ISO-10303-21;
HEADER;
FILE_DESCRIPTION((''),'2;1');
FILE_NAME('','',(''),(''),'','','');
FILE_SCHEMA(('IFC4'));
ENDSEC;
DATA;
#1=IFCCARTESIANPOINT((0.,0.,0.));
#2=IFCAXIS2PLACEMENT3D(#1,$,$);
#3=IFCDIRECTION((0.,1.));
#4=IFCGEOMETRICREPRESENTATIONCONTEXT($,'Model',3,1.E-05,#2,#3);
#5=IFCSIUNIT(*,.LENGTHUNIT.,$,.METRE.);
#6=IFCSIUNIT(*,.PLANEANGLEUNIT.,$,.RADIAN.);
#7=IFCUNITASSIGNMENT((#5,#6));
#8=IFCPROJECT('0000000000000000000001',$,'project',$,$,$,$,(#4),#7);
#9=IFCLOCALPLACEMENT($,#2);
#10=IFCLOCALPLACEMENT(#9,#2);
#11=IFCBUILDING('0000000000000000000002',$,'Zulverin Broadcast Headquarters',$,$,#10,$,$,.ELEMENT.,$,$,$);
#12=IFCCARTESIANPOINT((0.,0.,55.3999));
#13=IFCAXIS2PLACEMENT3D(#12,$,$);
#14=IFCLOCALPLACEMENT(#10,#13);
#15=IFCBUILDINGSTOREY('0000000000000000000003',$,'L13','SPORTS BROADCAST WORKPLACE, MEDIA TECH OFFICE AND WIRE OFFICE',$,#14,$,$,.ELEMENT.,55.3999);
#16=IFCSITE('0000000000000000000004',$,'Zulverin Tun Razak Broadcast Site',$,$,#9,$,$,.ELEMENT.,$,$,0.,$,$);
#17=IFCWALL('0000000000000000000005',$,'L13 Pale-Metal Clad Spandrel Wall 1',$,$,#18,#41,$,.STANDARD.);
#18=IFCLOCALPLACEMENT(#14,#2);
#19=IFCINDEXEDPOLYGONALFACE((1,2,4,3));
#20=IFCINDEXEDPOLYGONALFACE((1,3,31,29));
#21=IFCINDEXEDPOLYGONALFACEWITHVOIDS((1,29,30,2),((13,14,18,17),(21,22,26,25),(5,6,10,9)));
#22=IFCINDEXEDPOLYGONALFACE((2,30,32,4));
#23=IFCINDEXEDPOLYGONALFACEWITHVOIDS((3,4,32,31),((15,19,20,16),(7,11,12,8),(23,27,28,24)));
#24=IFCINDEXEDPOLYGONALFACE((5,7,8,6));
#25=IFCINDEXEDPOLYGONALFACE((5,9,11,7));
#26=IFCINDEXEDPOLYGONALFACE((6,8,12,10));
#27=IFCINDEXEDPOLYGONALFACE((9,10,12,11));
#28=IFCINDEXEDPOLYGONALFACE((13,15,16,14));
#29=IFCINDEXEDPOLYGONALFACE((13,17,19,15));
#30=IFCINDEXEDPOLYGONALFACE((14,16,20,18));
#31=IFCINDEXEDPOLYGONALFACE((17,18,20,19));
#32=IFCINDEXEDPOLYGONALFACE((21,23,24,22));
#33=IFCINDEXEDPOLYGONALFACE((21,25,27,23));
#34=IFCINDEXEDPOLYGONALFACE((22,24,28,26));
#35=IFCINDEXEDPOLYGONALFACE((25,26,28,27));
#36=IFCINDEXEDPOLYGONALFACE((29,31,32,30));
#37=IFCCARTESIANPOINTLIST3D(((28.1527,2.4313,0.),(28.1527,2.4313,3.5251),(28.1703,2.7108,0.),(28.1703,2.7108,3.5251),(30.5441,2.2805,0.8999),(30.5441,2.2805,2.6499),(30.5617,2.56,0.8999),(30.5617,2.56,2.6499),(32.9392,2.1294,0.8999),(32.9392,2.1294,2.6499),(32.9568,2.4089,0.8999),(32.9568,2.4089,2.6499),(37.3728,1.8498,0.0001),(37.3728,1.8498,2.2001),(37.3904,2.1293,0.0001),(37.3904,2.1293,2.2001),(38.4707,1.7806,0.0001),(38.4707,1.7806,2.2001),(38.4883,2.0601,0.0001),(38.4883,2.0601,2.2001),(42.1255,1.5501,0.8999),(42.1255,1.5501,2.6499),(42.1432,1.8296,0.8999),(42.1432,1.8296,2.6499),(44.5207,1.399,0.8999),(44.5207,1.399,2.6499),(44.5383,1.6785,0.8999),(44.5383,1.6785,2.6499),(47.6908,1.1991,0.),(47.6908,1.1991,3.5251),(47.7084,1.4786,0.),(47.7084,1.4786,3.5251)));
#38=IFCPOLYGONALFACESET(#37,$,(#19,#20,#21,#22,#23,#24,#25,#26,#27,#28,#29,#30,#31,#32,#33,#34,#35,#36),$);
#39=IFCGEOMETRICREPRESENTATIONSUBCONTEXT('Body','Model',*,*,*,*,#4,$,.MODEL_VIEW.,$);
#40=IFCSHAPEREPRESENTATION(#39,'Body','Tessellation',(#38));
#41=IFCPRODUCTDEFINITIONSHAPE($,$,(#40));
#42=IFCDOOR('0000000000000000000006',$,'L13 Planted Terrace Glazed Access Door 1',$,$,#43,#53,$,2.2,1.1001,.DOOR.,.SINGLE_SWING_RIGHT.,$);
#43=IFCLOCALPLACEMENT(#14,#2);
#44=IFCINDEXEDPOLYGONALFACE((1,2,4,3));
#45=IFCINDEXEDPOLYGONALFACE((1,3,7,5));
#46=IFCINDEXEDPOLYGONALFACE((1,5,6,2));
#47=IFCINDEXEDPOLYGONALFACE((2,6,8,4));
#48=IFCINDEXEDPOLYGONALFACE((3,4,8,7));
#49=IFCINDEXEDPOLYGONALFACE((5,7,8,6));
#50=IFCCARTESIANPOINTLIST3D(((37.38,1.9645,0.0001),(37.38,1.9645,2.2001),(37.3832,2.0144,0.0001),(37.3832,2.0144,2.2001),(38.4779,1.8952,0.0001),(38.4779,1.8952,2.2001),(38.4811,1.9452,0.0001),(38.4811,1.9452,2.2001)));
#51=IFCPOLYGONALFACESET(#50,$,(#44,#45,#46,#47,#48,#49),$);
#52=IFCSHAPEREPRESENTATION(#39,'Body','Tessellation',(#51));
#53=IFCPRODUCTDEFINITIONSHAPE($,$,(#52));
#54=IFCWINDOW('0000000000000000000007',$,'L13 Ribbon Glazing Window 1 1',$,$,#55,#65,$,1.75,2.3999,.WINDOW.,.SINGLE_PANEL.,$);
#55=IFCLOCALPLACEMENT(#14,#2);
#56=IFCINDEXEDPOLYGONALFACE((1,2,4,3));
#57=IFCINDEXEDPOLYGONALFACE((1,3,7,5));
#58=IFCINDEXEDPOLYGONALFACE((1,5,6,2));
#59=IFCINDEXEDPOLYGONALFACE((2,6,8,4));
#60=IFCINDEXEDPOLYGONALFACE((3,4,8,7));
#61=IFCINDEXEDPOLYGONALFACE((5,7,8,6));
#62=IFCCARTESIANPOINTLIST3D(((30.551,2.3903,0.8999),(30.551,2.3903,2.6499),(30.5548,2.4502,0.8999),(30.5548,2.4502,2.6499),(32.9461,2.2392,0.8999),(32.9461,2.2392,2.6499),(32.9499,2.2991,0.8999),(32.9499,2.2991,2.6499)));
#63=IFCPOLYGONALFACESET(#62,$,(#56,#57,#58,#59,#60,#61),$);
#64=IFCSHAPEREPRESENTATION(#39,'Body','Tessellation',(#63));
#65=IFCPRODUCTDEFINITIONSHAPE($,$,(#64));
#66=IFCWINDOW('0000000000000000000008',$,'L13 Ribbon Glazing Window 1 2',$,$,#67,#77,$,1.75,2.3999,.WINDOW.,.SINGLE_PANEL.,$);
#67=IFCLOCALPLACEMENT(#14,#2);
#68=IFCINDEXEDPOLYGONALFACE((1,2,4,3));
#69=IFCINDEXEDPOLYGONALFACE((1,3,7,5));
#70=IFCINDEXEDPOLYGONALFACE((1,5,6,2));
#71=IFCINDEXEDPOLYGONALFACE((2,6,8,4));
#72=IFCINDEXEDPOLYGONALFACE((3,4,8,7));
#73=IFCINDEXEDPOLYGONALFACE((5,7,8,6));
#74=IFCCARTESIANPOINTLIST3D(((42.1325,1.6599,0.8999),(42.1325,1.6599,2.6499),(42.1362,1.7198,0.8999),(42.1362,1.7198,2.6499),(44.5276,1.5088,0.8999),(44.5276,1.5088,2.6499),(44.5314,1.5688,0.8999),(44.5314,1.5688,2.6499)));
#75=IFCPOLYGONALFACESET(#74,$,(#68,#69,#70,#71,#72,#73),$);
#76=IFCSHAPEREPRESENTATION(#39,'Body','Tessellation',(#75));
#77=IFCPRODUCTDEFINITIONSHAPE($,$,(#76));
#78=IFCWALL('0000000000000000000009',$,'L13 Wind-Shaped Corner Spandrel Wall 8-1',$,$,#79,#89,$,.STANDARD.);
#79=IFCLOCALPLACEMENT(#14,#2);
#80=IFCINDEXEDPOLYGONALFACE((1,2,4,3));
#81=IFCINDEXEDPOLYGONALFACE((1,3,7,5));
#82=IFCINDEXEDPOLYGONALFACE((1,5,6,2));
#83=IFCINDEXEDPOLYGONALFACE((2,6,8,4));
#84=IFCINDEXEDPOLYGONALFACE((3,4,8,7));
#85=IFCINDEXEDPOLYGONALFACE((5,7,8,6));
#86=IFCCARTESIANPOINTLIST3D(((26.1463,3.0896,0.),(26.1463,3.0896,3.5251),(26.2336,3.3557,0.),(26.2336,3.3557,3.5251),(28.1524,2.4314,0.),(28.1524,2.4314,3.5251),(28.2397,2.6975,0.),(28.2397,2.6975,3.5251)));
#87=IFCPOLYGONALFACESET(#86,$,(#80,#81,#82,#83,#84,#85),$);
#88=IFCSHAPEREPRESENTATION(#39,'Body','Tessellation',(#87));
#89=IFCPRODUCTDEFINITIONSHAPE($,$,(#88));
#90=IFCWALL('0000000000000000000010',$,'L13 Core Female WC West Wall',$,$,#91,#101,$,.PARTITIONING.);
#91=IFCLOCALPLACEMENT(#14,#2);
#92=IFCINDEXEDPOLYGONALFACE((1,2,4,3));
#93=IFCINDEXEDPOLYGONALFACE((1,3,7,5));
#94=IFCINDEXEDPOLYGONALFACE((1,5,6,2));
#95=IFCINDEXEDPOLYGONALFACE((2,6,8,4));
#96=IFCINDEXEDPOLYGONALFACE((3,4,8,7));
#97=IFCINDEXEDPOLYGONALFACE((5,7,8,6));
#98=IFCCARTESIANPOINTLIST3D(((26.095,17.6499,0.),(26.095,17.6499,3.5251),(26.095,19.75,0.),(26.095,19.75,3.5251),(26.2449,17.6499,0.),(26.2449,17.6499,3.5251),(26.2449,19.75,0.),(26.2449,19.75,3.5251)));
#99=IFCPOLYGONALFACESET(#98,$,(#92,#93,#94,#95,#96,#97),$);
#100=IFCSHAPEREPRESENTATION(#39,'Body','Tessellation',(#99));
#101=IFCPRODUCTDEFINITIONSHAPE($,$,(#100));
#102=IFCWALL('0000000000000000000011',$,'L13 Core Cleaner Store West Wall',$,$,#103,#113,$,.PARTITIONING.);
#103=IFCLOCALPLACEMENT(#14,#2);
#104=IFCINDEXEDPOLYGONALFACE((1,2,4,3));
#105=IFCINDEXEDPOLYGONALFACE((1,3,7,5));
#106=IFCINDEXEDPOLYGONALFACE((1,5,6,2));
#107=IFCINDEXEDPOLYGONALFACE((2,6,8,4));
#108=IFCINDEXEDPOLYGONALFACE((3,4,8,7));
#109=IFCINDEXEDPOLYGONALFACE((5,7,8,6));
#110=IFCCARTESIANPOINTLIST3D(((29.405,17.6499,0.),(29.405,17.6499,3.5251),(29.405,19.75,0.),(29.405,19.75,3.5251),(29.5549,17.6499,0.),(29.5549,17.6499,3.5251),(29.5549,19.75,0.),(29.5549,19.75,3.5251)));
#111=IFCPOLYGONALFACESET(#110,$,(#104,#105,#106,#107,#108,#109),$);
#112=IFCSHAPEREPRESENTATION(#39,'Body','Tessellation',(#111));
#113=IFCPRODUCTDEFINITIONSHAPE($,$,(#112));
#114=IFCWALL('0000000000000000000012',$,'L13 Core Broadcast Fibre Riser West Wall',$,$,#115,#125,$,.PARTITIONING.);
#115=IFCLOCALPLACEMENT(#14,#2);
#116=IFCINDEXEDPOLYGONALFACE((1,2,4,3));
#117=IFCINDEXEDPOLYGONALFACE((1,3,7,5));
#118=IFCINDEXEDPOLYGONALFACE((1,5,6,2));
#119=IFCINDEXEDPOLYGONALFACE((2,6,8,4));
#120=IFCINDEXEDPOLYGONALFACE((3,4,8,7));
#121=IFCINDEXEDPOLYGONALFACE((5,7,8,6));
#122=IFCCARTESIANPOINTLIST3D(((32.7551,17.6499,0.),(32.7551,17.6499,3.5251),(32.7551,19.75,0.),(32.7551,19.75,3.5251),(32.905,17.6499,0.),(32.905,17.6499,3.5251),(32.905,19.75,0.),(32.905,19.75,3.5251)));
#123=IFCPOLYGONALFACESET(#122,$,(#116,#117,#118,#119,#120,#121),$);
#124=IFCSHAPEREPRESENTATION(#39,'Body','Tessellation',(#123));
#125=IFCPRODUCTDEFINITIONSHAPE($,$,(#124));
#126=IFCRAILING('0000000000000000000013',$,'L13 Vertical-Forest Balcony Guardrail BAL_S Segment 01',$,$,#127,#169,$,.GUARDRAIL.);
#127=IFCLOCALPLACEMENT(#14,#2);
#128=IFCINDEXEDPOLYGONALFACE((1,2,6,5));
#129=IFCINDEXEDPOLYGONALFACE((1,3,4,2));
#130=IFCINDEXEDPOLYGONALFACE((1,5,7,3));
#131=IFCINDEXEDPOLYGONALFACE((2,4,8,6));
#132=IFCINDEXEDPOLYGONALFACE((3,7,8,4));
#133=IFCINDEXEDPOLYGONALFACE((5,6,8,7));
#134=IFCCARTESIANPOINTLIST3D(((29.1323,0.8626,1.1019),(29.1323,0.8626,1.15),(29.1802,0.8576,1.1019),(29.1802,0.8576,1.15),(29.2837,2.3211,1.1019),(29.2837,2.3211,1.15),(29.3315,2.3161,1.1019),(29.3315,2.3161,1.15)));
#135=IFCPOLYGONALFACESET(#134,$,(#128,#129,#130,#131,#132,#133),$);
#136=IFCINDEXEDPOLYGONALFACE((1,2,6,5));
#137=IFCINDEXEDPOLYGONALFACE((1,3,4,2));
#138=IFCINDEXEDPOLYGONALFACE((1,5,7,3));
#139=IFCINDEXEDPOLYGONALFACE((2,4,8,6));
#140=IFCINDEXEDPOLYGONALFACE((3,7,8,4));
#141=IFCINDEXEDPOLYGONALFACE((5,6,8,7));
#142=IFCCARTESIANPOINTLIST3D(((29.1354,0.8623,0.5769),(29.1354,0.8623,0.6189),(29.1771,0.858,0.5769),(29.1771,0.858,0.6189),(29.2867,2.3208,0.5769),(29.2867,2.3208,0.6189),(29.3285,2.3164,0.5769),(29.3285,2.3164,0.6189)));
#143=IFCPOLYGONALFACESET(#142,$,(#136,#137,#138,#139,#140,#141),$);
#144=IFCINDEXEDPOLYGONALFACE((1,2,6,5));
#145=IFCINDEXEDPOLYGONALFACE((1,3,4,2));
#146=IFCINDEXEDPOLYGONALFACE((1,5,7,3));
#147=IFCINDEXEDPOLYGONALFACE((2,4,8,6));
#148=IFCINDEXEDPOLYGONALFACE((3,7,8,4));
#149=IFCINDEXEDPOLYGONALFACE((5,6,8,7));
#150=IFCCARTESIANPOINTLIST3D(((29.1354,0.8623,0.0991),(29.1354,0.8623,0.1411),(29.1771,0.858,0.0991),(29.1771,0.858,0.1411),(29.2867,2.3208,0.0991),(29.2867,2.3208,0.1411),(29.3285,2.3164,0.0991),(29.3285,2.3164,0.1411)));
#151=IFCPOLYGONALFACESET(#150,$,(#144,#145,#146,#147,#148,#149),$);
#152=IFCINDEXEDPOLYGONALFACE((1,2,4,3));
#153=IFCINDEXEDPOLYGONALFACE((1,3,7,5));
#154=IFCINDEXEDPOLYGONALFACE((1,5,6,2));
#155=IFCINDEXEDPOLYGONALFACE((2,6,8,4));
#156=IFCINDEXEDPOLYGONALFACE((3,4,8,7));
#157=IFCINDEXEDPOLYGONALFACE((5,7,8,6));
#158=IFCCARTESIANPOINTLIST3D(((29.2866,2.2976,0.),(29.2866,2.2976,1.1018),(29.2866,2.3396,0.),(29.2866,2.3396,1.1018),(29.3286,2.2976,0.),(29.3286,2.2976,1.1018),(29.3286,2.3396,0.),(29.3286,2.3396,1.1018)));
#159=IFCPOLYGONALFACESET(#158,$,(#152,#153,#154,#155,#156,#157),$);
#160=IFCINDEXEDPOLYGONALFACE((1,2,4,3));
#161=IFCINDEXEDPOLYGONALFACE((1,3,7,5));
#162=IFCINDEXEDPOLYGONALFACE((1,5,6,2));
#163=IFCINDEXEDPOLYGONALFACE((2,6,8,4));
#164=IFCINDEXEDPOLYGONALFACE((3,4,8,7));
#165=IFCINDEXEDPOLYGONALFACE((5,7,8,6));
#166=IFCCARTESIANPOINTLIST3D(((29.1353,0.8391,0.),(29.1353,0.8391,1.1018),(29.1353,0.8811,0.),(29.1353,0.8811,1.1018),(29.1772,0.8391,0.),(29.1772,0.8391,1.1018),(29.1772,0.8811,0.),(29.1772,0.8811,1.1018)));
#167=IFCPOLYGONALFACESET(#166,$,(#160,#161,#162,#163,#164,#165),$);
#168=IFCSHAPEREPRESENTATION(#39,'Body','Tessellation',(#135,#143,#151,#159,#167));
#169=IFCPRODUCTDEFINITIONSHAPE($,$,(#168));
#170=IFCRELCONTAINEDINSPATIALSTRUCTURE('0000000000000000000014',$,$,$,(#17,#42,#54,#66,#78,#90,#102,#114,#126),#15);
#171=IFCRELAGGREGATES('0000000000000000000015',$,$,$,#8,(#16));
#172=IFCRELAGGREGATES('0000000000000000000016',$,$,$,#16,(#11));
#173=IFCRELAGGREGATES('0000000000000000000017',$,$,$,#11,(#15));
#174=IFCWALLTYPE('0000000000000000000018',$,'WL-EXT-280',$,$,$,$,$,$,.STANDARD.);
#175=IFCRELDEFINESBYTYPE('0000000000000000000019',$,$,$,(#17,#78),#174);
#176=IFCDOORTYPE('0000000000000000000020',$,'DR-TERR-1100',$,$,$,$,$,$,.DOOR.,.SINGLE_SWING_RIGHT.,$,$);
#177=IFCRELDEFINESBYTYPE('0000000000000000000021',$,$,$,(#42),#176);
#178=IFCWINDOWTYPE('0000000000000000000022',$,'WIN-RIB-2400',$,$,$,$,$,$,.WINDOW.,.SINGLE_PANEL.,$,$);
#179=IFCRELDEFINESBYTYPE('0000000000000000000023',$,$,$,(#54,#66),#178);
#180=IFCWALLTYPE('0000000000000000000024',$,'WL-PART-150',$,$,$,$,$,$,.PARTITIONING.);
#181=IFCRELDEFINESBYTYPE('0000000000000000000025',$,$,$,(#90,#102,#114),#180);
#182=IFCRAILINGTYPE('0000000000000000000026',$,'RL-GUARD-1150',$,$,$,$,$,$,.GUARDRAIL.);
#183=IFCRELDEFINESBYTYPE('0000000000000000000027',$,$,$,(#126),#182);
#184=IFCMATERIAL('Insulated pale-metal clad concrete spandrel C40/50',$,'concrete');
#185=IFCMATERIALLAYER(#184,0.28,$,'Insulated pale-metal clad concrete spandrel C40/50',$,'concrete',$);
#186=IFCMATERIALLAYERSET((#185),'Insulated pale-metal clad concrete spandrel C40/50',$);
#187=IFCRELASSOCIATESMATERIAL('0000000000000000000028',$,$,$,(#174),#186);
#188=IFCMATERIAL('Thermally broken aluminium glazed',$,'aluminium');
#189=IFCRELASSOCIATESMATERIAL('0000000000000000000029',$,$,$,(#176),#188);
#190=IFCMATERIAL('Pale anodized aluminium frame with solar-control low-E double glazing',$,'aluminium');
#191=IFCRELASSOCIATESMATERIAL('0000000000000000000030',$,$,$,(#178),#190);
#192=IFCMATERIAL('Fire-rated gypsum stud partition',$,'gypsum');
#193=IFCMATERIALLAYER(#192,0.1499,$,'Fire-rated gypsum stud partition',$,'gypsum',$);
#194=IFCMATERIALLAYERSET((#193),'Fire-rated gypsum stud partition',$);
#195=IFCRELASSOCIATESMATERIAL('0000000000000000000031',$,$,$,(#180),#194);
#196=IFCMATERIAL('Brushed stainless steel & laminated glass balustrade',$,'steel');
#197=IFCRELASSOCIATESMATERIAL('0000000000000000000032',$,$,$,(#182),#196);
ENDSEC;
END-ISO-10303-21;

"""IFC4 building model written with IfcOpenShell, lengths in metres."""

from ifc_helpers import new_model, si_unit, direction, frame, frame_2d, origin, origin_2d, place, context, subcontext, project, spatial, rectangle, extrude, material, layer, layer_set, type_object, element, fill, save


model = new_model("IFC4")

# Units and contexts
model_context = context("Model", 3, precision=1e-05, world=origin(), true_north=direction((0.0, 1.0)))
body_context = subcontext(model_context, "Body", "Model", "MODEL_VIEW")
ifc_project = project(units=[si_unit("LENGTHUNIT", "METRE"), si_unit("PLANEANGLEUNIT", "RADIAN")], contexts=[model_context])

# Site, building, storey
site_placement = place(None, origin())
site = spatial("IfcSite", under=ifc_project, at=site_placement, Name="Zulverin Tun Razak Broadcast Site", CompositionType="ELEMENT", RefElevation=0.0)
building_placement = place(site_placement, origin())
building = spatial("IfcBuilding", under=site, at=building_placement, Name="Zulverin Broadcast Headquarters", CompositionType="ELEMENT")
storey_placement = place(building_placement, frame((0.0, 0.0, 55.3999)))
storey = spatial("IfcBuildingStorey", under=building, at=storey_placement, Name="L13", Description="SPORTS BROADCAST WORKPLACE, MEDIA TECH OFFICE AND WIRE OFFICE", CompositionType="ELEMENT", Elevation=55.3999)

# Wall, openings, door, windows
ifc_material_1 = material(Name="Insulated pale-metal clad concrete spandrel C40/50", Category="concrete")
ifc_layer_1 = layer(ifc_material_1, 0.28, Name="Insulated pale-metal clad concrete spandrel C40/50", Category="concrete")
ifc_layer_set_1 = layer_set([ifc_layer_1], Name="Insulated pale-metal clad concrete spandrel C40/50")
wall_type_1 = type_object("IfcWallType", Name="WL-EXT-280", PredefinedType="STANDARD", material=ifc_layer_set_1)
wall_1_placement = place(storey_placement, frame((28.1614, 2.571, 0.0), z_axis=(0.0, 0.0, 1.0), x_axis=(0.998017, -0.06294, 0.0)))
wall_1 = element("IfcWall", 1, at=wall_1_placement, inside=storey, type_object=wall_type_1, Name="L13 Pale-Metal Clad Spandrel Wall 1", PredefinedType="STANDARD", context=body_context, shape_type="SweptSolid", body=[
    extrude(rectangle(XDim=19.5769, YDim=0.28, at=frame_2d((9.7886, 0.0))), origin(), (0.0, 0.0, 1.0), 3.5251),
])
opening_1_placement = place(wall_1_placement, frame((9.2385, 0.0, 0.0)))
opening_1 = element("IfcOpeningElement", 2, at=opening_1_placement, cuts=wall_1, PredefinedType="OPENING", context=body_context, shape_type="SweptSolid", body=[
    extrude(rectangle(XDim=1.1001, YDim=2.2, at=frame_2d((0.55, 1.1001))), frame((0.0, 0.1499, 0.0), z_axis=(0.0, -1.0, 0.0), x_axis=(1.0, 0.0, 0.0)), (0.0, 0.0, 1.0), 0.3),
])
opening_2_placement = place(wall_1_placement, frame((2.3962, 0.0, 0.8999)))
opening_2 = element("IfcOpeningElement", 3, at=opening_2_placement, cuts=wall_1, PredefinedType="OPENING", context=body_context, shape_type="SweptSolid", body=[
    extrude(rectangle(XDim=2.3999, YDim=1.75, at=frame_2d((1.2, 0.875))), frame((0.0, 0.1499, 0.0), z_axis=(0.0, -1.0, 0.0), x_axis=(1.0, 0.0, 0.0)), (0.0, 0.0, 1.0), 0.3),
])
opening_3_placement = place(wall_1_placement, frame((14.0007, 0.0, 0.8999)))
opening_3 = element("IfcOpeningElement", 4, at=opening_3_placement, cuts=wall_1, PredefinedType="OPENING", context=body_context, shape_type="SweptSolid", body=[
    extrude(rectangle(XDim=2.3999, YDim=1.75, at=frame_2d((1.2, 0.875))), frame((0.0, 0.1499, 0.0), z_axis=(0.0, -1.0, 0.0), x_axis=(1.0, 0.0, 0.0)), (0.0, 0.0, 1.0), 0.3),
])
ifc_material_2 = material(Name="Thermally broken aluminium glazed", Category="aluminium")
door_type = type_object("IfcDoorType", Name="DR-TERR-1100", OperationType="SINGLE_SWING_RIGHT", PredefinedType="DOOR", material=ifc_material_2)
door_placement = place(opening_1_placement, origin())
door = element("IfcDoor", 5, at=door_placement, inside=storey, type_object=door_type, Name="L13 Planted Terrace Glazed Access Door 1", OperationType="SINGLE_SWING_RIGHT", OverallHeight=2.2, OverallWidth=1.1001, PredefinedType="DOOR", context=body_context, shape_type="SweptSolid", body=[
    extrude(rectangle(XDim=1.1001, YDim=2.2, at=frame_2d((0.55, 1.1001))), frame((0.0, 0.0249, 0.0), z_axis=(0.0, -1.0, 0.0), x_axis=(1.0, 0.0, 0.0)), (0.0, 0.0, 1.0), 0.05),
])
fill(opening_1, door)
ifc_material_3 = material(Name="Pale anodized aluminium frame with solar-control low-E double glazing", Category="aluminium")
window_type = type_object("IfcWindowType", Name="WIN-RIB-2400", PartitioningType="SINGLE_PANEL", PredefinedType="WINDOW", material=ifc_material_3)
window_1_placement = place(opening_2_placement, origin())
window_1 = element("IfcWindow", 6, at=window_1_placement, inside=storey, type_object=window_type, Name="L13 Ribbon Glazing Window 1 1", OverallHeight=1.75, OverallWidth=2.3999, PartitioningType="SINGLE_PANEL", PredefinedType="WINDOW", context=body_context, shape_type="SweptSolid", body=[
    extrude(rectangle(XDim=2.3999, YDim=1.75, at=frame_2d((1.2, 0.875))), frame((0.0, 0.03, 0.0), z_axis=(0.0, -1.0, 0.0), x_axis=(1.0, 0.0, 0.0)), (0.0, 0.0, 1.0), 0.0601),
])
fill(opening_2, window_1)
window_2_placement = place(opening_3_placement, origin())
window_2 = element("IfcWindow", 7, at=window_2_placement, inside=storey, type_object=window_type, Name="L13 Ribbon Glazing Window 1 2", OverallHeight=1.75, OverallWidth=2.3999, PartitioningType="SINGLE_PANEL", PredefinedType="WINDOW", context=body_context, shape_type="SweptSolid", body=[
    extrude(rectangle(XDim=2.3999, YDim=1.75, at=frame_2d((1.2, 0.875))), frame((0.0, 0.03, 0.0), z_axis=(0.0, -1.0, 0.0), x_axis=(1.0, 0.0, 0.0)), (0.0, 0.0, 1.0), 0.0601),
])
fill(opening_3, window_2)

# Walls
wall_2_placement = place(storey_placement, frame((26.1899, 3.2227, 0.0), z_axis=(0.0, 0.0, 1.0), x_axis=(0.950164, -0.311749, 0.0)))
element("IfcWall", 8, at=wall_2_placement, inside=storey, type_object=wall_type_1, Name="L13 Wind-Shaped Corner Spandrel Wall 8-1", PredefinedType="STANDARD", context=body_context, shape_type="SweptSolid", body=[
    extrude(rectangle(XDim=2.1113, YDim=0.28, at=frame_2d((1.0557, 0.0))), origin(), (0.0, 0.0, 1.0), 3.5251),
])
ifc_material_4 = material(Name="Fire-rated gypsum stud partition", Category="gypsum")
ifc_layer_2 = layer(ifc_material_4, 0.1499, Name="Fire-rated gypsum stud partition", Category="gypsum")
ifc_layer_set_2 = layer_set([ifc_layer_2], Name="Fire-rated gypsum stud partition")
wall_type_2 = type_object("IfcWallType", Name="WL-PART-150", PredefinedType="PARTITIONING", material=ifc_layer_set_2)
for number, where, z_axis, x_axis, name in (
    (9, (26.1699, 17.6499, 0.0), (0.0, 0.0, 1.0), (0.0, 1.0, 0.0), "L13 Core Female WC West Wall"),
    (10, (29.48, 17.6499, 0.0), (0.0, 0.0, 1.0), (0.0, 1.0, 0.0), "L13 Core Cleaner Store West Wall"),
    (11, (32.8301, 17.6499, 0.0), (0.0, 0.0, 1.0), (0.0, 1.0, 0.0), "L13 Core Broadcast Fibre Riser West Wall"),
):
    element("IfcWall", number, at=place(storey_placement, frame(where, z_axis=z_axis, x_axis=x_axis)), inside=storey, type_object=wall_type_2, Name=name, PredefinedType="PARTITIONING", context=body_context, shape_type="SweptSolid", body=[
        extrude(rectangle(XDim=2.1001, YDim=0.1499, at=frame_2d((1.05, 0.0))), origin(), (0.0, 0.0, 1.0), 3.5251),
    ])

# Railing
ifc_material_5 = material(Name="Brushed stainless steel & laminated glass balustrade", Category="steel")
railing_type = type_object("IfcRailingType", Name="RL-GUARD-1150", PredefinedType="GUARDRAIL", material=ifc_material_5)
railing_1_placement = place(storey_placement, frame((29.3076, 2.3186, 0.0)))
element("IfcRailing", 12, at=railing_1_placement, inside=storey, type_object=railing_type, Name="L13 Vertical-Forest Balcony Guardrail BAL_S Segment 01", PredefinedType="GUARDRAIL", context=body_context, shape_type="SweptSolid", body=[
    extrude(rectangle(XDim=0.0481, YDim=0.0481, at=origin_2d()), frame((0.0, 0.0, 1.126), z_axis=(-0.103229, -0.994658, 0.0), x_axis=(0.994658, -0.103229, 0.0)), (0.0, 0.0, 1.0), 1.4663),
    extrude(rectangle(XDim=0.042, YDim=0.042, at=origin_2d()), frame((0.0, 0.0, 0.5979), z_axis=(-0.103229, -0.994658, 0.0), x_axis=(0.994658, -0.103229, 0.0)), (0.0, 0.0, 1.0), 1.4663),
    extrude(rectangle(XDim=0.042, YDim=0.042, at=origin_2d()), frame((0.0, 0.0, 0.1201), z_axis=(-0.103229, -0.994658, 0.0), x_axis=(0.994658, -0.103229, 0.0)), (0.0, 0.0, 1.0), 1.4663),
    extrude(rectangle(XDim=0.042, YDim=0.042, at=origin_2d()), origin(), (0.0, 0.0, 1.0), 1.1018),
    extrude(rectangle(XDim=0.042, YDim=0.042, at=origin_2d()), frame((-0.1514, -1.4585, 0.0)), (0.0, 0.0, 1.0), 1.1018),
])

save(model, "model.ifc")
